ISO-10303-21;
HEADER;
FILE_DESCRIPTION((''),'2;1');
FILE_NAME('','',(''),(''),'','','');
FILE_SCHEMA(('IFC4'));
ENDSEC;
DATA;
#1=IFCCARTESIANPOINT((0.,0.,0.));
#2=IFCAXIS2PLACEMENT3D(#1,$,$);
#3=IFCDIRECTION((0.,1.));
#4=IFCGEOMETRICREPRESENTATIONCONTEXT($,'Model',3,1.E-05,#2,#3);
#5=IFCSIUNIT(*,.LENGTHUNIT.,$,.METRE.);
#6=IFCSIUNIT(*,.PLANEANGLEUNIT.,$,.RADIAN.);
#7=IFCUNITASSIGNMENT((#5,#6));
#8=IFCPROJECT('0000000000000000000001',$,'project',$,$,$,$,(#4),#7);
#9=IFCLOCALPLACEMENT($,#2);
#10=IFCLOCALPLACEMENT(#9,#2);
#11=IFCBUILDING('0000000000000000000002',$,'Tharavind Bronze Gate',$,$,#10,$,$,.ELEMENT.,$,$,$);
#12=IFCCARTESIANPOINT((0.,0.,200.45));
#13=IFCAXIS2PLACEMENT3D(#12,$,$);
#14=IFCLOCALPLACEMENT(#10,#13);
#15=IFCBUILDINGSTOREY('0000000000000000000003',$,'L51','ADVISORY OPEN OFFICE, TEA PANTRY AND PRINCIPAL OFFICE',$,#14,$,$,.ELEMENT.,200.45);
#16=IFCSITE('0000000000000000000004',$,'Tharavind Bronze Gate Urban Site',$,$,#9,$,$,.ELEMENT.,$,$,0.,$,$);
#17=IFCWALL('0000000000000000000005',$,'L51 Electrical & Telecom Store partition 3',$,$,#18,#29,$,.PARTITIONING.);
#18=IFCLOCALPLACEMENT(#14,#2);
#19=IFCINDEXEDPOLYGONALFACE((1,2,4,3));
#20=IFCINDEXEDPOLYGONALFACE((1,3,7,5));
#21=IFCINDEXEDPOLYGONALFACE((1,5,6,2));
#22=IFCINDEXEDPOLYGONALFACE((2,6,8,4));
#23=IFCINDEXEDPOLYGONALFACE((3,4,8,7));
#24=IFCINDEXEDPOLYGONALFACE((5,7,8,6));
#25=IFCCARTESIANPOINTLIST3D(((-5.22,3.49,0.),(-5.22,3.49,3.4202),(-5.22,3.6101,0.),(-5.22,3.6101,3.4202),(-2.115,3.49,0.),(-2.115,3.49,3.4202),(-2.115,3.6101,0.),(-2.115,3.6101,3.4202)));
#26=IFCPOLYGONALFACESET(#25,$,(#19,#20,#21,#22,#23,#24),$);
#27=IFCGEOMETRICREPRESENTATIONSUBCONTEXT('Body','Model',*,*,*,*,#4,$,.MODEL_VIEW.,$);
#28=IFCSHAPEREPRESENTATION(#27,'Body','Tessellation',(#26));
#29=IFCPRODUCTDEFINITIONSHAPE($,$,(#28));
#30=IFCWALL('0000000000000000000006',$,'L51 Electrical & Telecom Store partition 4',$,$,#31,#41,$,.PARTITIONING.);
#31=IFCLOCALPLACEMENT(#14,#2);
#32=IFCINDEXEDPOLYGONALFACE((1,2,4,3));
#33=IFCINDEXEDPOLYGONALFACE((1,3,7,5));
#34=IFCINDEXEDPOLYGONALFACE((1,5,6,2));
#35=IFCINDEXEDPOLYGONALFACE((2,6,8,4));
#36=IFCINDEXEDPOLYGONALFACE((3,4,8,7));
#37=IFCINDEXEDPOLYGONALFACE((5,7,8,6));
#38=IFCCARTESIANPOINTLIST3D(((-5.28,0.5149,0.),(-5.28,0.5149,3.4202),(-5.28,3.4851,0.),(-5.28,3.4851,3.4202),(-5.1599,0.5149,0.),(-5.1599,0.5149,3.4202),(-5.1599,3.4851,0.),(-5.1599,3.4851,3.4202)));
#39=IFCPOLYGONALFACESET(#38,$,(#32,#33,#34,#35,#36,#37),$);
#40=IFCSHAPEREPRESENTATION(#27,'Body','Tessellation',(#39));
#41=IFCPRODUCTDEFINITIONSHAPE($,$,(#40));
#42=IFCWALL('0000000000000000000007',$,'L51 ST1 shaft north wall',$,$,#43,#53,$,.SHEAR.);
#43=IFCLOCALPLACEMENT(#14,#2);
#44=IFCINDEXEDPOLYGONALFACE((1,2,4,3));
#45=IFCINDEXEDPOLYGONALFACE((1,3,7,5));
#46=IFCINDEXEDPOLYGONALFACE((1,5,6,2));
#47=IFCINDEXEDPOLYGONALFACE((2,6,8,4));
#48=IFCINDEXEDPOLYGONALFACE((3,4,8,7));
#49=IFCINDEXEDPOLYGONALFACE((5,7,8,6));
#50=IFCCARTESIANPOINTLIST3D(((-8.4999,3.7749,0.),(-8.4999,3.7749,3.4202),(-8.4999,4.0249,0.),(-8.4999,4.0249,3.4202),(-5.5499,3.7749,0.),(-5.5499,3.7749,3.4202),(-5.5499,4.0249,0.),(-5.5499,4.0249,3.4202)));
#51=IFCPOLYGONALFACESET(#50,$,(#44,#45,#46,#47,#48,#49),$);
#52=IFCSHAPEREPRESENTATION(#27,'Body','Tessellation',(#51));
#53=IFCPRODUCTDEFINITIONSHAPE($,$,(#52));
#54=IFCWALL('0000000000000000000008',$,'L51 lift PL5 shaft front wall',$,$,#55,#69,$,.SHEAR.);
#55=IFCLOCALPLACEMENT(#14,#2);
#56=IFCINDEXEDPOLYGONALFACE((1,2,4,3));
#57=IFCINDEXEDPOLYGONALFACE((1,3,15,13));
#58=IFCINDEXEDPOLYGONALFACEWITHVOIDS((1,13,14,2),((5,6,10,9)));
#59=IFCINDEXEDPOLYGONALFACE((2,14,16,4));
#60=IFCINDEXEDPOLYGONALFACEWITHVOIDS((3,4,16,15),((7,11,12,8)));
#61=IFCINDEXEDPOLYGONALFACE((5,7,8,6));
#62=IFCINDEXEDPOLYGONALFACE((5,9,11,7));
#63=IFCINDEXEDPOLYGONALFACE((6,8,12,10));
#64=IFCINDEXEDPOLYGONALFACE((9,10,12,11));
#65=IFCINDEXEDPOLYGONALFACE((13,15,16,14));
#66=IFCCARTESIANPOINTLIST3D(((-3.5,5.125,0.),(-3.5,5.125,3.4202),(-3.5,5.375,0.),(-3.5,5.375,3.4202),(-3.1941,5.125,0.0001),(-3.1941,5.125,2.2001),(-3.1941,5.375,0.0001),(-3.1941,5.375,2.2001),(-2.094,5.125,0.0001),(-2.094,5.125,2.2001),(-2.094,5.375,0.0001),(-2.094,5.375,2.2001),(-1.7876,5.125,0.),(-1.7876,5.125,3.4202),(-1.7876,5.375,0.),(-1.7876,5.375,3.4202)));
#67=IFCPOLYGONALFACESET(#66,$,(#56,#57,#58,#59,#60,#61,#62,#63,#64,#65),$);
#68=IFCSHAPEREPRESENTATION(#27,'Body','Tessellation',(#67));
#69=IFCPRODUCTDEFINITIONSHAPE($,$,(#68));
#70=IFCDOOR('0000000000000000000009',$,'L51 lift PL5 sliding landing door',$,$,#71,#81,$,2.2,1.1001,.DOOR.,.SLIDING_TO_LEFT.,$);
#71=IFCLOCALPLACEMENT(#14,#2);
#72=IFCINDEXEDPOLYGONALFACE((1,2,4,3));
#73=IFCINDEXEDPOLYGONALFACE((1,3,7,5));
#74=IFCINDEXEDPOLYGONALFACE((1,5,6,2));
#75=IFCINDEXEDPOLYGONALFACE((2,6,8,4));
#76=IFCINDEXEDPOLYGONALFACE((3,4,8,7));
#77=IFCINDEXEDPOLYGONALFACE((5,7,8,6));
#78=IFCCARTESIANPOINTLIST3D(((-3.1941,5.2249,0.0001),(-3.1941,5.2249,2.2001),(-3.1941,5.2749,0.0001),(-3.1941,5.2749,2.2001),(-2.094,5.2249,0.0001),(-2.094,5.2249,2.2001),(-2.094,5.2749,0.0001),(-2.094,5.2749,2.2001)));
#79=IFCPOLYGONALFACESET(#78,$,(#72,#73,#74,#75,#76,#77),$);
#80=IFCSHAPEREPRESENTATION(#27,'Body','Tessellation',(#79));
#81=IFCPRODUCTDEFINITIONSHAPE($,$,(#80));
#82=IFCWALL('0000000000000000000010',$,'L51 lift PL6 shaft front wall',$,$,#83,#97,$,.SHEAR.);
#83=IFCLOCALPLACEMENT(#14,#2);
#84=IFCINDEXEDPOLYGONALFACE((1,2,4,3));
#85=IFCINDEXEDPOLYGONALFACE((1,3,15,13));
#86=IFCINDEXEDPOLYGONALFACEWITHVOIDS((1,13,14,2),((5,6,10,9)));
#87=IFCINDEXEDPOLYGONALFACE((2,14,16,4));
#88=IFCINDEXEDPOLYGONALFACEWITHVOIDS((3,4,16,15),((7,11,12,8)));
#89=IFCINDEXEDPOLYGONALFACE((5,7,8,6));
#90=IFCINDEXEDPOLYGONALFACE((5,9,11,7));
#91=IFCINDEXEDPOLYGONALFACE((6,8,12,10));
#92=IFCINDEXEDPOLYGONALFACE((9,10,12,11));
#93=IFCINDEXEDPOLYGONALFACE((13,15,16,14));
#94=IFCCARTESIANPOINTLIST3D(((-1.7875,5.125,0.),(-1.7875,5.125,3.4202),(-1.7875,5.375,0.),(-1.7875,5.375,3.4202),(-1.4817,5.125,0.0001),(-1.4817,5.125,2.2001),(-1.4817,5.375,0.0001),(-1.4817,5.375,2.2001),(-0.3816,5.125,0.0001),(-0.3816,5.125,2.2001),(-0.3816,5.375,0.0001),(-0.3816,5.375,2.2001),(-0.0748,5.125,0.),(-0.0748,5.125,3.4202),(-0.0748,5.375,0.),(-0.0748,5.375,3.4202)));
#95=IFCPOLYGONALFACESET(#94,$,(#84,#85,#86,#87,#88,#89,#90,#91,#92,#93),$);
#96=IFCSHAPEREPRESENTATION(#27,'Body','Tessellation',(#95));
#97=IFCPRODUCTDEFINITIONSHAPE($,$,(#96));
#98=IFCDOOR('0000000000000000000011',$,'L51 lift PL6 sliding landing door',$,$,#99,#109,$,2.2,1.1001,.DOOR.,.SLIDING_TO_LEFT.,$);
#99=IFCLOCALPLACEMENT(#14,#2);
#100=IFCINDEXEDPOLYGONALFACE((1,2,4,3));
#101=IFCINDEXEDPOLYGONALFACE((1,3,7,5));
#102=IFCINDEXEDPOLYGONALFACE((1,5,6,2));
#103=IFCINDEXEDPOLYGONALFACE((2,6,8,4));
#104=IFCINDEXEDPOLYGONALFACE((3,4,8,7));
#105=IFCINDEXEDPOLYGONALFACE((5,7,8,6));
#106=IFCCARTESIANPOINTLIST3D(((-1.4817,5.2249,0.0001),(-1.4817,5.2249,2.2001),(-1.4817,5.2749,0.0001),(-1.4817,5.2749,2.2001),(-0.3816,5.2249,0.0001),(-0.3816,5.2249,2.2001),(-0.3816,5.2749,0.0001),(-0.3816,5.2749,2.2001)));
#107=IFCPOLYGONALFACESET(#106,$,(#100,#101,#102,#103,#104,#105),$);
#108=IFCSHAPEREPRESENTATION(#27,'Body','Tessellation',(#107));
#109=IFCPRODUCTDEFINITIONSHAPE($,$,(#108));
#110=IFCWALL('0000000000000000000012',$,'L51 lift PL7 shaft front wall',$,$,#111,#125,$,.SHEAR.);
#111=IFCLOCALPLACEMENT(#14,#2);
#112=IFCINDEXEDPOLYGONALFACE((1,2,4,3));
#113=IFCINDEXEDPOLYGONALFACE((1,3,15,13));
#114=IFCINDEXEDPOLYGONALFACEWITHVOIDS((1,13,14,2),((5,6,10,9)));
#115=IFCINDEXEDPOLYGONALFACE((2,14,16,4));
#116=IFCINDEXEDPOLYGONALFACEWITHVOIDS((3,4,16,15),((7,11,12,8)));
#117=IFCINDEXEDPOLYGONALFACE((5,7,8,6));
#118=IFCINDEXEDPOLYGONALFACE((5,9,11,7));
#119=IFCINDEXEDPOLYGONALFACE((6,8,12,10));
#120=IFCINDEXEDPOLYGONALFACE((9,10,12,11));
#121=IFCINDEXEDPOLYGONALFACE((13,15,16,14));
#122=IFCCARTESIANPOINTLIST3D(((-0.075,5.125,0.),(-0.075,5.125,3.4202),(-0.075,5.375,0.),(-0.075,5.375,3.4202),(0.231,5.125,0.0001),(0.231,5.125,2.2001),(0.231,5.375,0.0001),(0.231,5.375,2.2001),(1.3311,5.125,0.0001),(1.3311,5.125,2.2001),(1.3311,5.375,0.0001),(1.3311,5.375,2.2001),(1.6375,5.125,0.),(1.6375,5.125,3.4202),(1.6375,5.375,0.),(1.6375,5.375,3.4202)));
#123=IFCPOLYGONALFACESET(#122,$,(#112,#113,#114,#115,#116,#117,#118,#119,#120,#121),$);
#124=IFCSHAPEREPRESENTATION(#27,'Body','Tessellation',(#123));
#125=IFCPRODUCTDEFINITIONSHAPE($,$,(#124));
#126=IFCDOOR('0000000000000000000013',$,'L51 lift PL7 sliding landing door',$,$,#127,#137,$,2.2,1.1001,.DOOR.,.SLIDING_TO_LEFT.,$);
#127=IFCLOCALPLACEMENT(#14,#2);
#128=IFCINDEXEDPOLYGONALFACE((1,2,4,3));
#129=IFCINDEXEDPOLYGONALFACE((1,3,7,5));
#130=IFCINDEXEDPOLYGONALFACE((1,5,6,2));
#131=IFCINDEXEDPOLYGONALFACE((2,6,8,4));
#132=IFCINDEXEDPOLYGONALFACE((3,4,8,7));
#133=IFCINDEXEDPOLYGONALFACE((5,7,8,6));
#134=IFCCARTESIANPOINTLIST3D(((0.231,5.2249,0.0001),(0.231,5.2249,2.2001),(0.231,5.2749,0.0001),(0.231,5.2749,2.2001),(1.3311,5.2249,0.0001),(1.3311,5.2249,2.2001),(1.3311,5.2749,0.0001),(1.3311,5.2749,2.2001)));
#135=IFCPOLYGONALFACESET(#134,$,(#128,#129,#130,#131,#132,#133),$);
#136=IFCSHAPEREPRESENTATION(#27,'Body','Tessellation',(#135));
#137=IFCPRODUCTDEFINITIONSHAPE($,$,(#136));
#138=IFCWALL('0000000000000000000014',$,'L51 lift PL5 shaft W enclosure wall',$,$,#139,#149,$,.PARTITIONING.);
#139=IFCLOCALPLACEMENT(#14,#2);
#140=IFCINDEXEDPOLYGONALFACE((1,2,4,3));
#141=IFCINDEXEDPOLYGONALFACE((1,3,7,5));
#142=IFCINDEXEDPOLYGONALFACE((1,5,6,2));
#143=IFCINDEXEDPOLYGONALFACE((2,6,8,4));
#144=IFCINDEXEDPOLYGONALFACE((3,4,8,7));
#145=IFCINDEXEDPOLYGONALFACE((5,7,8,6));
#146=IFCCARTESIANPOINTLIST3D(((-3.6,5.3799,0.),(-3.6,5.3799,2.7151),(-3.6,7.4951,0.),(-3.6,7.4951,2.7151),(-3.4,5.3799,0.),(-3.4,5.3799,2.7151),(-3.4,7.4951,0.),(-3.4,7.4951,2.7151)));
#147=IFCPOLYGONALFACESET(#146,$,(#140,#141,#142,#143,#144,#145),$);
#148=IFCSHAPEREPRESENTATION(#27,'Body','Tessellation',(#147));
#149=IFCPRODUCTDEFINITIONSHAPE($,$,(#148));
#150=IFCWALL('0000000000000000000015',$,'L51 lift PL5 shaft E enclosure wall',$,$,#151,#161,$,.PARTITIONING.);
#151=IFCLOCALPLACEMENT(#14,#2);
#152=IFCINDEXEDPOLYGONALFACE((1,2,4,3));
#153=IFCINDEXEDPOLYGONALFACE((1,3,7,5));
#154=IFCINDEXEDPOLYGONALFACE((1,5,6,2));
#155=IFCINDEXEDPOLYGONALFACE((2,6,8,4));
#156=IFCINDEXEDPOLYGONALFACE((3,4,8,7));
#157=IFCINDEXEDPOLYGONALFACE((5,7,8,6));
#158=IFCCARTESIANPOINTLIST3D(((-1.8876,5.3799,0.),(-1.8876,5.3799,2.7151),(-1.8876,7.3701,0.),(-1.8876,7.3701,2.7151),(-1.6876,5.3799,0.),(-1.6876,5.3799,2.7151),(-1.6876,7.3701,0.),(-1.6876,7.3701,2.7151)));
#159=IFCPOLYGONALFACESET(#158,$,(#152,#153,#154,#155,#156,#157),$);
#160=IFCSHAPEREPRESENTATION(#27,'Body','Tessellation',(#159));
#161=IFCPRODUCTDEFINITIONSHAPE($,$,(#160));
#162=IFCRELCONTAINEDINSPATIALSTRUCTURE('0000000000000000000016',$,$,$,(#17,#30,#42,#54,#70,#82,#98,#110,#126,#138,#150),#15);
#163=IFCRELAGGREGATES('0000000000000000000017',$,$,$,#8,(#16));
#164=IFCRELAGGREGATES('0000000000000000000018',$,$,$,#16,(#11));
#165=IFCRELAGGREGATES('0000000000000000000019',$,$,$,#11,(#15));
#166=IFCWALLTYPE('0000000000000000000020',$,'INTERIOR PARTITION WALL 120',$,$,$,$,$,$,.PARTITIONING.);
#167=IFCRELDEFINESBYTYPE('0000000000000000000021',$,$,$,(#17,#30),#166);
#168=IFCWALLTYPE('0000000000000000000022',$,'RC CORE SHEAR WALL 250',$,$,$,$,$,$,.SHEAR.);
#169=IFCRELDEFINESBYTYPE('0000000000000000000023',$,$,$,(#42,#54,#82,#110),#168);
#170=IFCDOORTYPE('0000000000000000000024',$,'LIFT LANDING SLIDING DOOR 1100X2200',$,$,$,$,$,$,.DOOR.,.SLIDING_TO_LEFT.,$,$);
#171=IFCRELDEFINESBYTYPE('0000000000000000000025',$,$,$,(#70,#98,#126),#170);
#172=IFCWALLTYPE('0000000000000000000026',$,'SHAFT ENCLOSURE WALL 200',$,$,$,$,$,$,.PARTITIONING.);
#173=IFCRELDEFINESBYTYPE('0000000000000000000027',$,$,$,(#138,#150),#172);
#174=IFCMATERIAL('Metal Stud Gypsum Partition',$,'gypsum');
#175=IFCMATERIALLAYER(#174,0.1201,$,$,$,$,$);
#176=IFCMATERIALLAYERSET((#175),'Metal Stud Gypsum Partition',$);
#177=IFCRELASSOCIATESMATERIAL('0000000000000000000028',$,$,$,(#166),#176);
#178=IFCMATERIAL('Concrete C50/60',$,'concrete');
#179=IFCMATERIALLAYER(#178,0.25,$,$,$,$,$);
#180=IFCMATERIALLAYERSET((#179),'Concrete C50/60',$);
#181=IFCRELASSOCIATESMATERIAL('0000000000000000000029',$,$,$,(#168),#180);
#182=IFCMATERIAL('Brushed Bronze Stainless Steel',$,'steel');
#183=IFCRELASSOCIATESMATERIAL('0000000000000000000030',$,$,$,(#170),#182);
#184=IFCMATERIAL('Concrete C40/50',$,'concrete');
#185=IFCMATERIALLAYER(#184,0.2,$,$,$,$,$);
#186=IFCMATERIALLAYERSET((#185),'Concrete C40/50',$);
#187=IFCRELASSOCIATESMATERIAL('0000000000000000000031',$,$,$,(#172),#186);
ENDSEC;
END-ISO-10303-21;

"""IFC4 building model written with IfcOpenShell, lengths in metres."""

from ifc_helpers import new_model, si_unit, direction, frame, frame_2d, origin, place, context, subcontext, project, spatial, rectangle, extrude, material, layer, layer_set, type_object, element, fill, save


model = new_model("IFC4")

# Units and contexts
model_context = context("Model", 3, precision=1e-05, world=origin(), true_north=direction((0.0, 1.0)))
body_context = subcontext(model_context, "Body", "Model", "MODEL_VIEW")
ifc_project = project(units=[si_unit("LENGTHUNIT", "METRE"), si_unit("PLANEANGLEUNIT", "RADIAN")], contexts=[model_context])

# Site, building, storey
site_placement = place(None, origin())
site = spatial("IfcSite", under=ifc_project, at=site_placement, Name="Tharavind Bronze Gate Urban Site", CompositionType="ELEMENT", RefElevation=0.0)
building_placement = place(site_placement, origin())
building = spatial("IfcBuilding", under=site, at=building_placement, Name="Tharavind Bronze Gate", CompositionType="ELEMENT")
storey_placement = place(building_placement, frame((0.0, 0.0, 200.45)))
storey = spatial("IfcBuildingStorey", under=building, at=storey_placement, Name="L51", Description="ADVISORY OPEN OFFICE, TEA PANTRY AND PRINCIPAL OFFICE", CompositionType="ELEMENT", Elevation=200.45)

# Shared definitions
ifc_material_1 = material(Name="Concrete C40/50", Category="concrete")

# Shared definitions
ifc_material_2 = material(Name="Metal Stud Gypsum Partition", Category="gypsum")
ifc_layer_1 = layer(ifc_material_2, 0.1201)
ifc_layer_set_1 = layer_set([ifc_layer_1], Name="Metal Stud Gypsum Partition")
wall_type_1 = type_object("IfcWallType", Name="INTERIOR PARTITION WALL 120", PredefinedType="PARTITIONING", material=ifc_layer_set_1)

# Walls
wall_1_placement = place(storey_placement, frame((-2.115, 3.55, 0.0), z_axis=(0.0, 0.0, 1.0), x_axis=(-1.0, 0.0, 0.0)))
element("IfcWall", 1, at=wall_1_placement, inside=storey, type_object=wall_type_1, Name="L51 Electrical & Telecom Store partition 3", PredefinedType="PARTITIONING", context=body_context, shape_type="SweptSolid", body=[
    extrude(rectangle(XDim=3.105, YDim=0.1201, at=frame_2d((1.5525, 0.0))), origin(), (0.0, 0.0, 1.0), 3.4202),
])
wall_2_placement = place(storey_placement, frame((-5.22, 3.4851, 0.0), z_axis=(0.0, 0.0, 1.0), x_axis=(0.0, -1.0, 0.0)))
element("IfcWall", 2, at=wall_2_placement, inside=storey, type_object=wall_type_1, Name="L51 Electrical & Telecom Store partition 4", PredefinedType="PARTITIONING", context=body_context, shape_type="SweptSolid", body=[
    extrude(rectangle(XDim=2.9702, YDim=0.1201, at=frame_2d((1.4851, 0.0))), origin(), (0.0, 0.0, 1.0), 3.4202),
])
ifc_material_3 = material(Name="Concrete C50/60", Category="concrete")
ifc_layer_2 = layer(ifc_material_3, 0.25)
ifc_layer_set_2 = layer_set([ifc_layer_2], Name="Concrete C50/60")
wall_type_2 = type_object("IfcWallType", Name="RC CORE SHEAR WALL 250", PredefinedType="SHEAR", material=ifc_layer_set_2)
wall_3_placement = place(storey_placement, frame((-8.5, 3.8999, 0.0), z_axis=(0.0, 0.0, 1.0), x_axis=(1.0, 0.0, 0.0)))
element("IfcWall", 3, at=wall_3_placement, inside=storey, type_object=wall_type_2, Name="L51 ST1 shaft north wall", PredefinedType="SHEAR", context=body_context, shape_type="SweptSolid", body=[
    extrude(rectangle(XDim=2.95, YDim=0.25, at=frame_2d((1.4751, 0.0))), origin(), (0.0, 0.0, 1.0), 3.4202),
])

# Walls, openings, doors
wall_4_placement = place(storey_placement, frame((-3.5, 5.25, 0.0), z_axis=(0.0, 0.0, 1.0), x_axis=(1.0, 0.0, 0.0)))
wall_4 = element("IfcWall", 4, at=wall_4_placement, inside=storey, type_object=wall_type_2, Name="L51 lift PL5 shaft front wall", PredefinedType="SHEAR", context=body_context, shape_type="SweptSolid", body=[
    extrude(rectangle(XDim=1.7124, YDim=0.25, at=frame_2d((0.8562, 0.0))), origin(), (0.0, 0.0, 1.0), 3.4202),
])
opening_1_placement = place(wall_4_placement, frame((0.3059, 0.0, 0.0)))
opening_1 = element("IfcOpeningElement", 5, at=opening_1_placement, cuts=wall_4, PredefinedType="OPENING", context=body_context, shape_type="SweptSolid", body=[
    extrude(rectangle(XDim=1.1001, YDim=2.2, at=frame_2d((0.55, 1.1001))), frame((0.0, 0.135, 0.0), z_axis=(0.0, -1.0, 0.0), x_axis=(1.0, 0.0, 0.0)), (0.0, 0.0, 1.0), 0.27),
])
ifc_material_4 = material(Name="Brushed Bronze Stainless Steel", Category="steel")
door_type_1 = type_object("IfcDoorType", Name="LIFT LANDING SLIDING DOOR 1100X2200", OperationType="SLIDING_TO_LEFT", PredefinedType="DOOR", material=ifc_material_4)
door_1_placement = place(opening_1_placement, origin())
door_1 = element("IfcDoor", 6, at=door_1_placement, inside=storey, type_object=door_type_1, Name="L51 lift PL5 sliding landing door", OperationType="SLIDING_TO_LEFT", OverallHeight=2.2, OverallWidth=1.1001, PredefinedType="DOOR", context=body_context, shape_type="SweptSolid", body=[
    extrude(rectangle(XDim=1.1001, YDim=2.2, at=frame_2d((0.55, 1.1001))), frame((0.0, 0.0249, 0.0), z_axis=(0.0, -1.0, 0.0), x_axis=(1.0, 0.0, 0.0)), (0.0, 0.0, 1.0), 0.05),
])
fill(opening_1, door_1)
wall_5_placement = place(storey_placement, frame((-1.7876, 5.25, 0.0), z_axis=(0.0, 0.0, 1.0), x_axis=(1.0, 0.0, 0.0)))
wall_5 = element("IfcWall", 7, at=wall_5_placement, inside=storey, type_object=wall_type_2, Name="L51 lift PL6 shaft front wall", PredefinedType="SHEAR", context=body_context, shape_type="SweptSolid", body=[
    extrude(rectangle(XDim=1.7126, YDim=0.25, at=frame_2d((0.8564, 0.0))), origin(), (0.0, 0.0, 1.0), 3.4202),
])
opening_2_placement = place(wall_5_placement, frame((0.3059, 0.0, 0.0)))
opening_2 = element("IfcOpeningElement", 8, at=opening_2_placement, cuts=wall_5, PredefinedType="OPENING", context=body_context, shape_type="SweptSolid", body=[
    extrude(rectangle(XDim=1.1001, YDim=2.2, at=frame_2d((0.55, 1.1001))), frame((0.0, 0.135, 0.0), z_axis=(0.0, -1.0, 0.0), x_axis=(1.0, 0.0, 0.0)), (0.0, 0.0, 1.0), 0.27),
])
door_2_placement = place(opening_2_placement, origin())
door_2 = element("IfcDoor", 9, at=door_2_placement, inside=storey, type_object=door_type_1, Name="L51 lift PL6 sliding landing door", OperationType="SLIDING_TO_LEFT", OverallHeight=2.2, OverallWidth=1.1001, PredefinedType="DOOR", context=body_context, shape_type="SweptSolid", body=[
    extrude(rectangle(XDim=1.1001, YDim=2.2, at=frame_2d((0.55, 1.1001))), frame((0.0, 0.0249, 0.0), z_axis=(0.0, -1.0, 0.0), x_axis=(1.0, 0.0, 0.0)), (0.0, 0.0, 1.0), 0.05),
])
fill(opening_2, door_2)
wall_6_placement = place(storey_placement, frame((-0.075, 5.25, 0.0), z_axis=(0.0, 0.0, 1.0), x_axis=(1.0, 0.0, 0.0)))
wall_6 = element("IfcWall", 10, at=wall_6_placement, inside=storey, type_object=wall_type_2, Name="L51 lift PL7 shaft front wall", PredefinedType="SHEAR", context=body_context, shape_type="SweptSolid", body=[
    extrude(rectangle(XDim=1.7124, YDim=0.25, at=frame_2d((0.8562, 0.0))), origin(), (0.0, 0.0, 1.0), 3.4202),
])
opening_3_placement = place(wall_6_placement, frame((0.3059, 0.0, 0.0)))
opening_3 = element("IfcOpeningElement", 11, at=opening_3_placement, cuts=wall_6, PredefinedType="OPENING", context=body_context, shape_type="SweptSolid", body=[
    extrude(rectangle(XDim=1.1001, YDim=2.2, at=frame_2d((0.55, 1.1001))), frame((0.0, 0.135, 0.0), z_axis=(0.0, -1.0, 0.0), x_axis=(1.0, 0.0, 0.0)), (0.0, 0.0, 1.0), 0.27),
])
door_3_placement = place(opening_3_placement, origin())
door_3 = element("IfcDoor", 12, at=door_3_placement, inside=storey, type_object=door_type_1, Name="L51 lift PL7 sliding landing door", OperationType="SLIDING_TO_LEFT", OverallHeight=2.2, OverallWidth=1.1001, PredefinedType="DOOR", context=body_context, shape_type="SweptSolid", body=[
    extrude(rectangle(XDim=1.1001, YDim=2.2, at=frame_2d((0.55, 1.1001))), frame((0.0, 0.0249, 0.0), z_axis=(0.0, -1.0, 0.0), x_axis=(1.0, 0.0, 0.0)), (0.0, 0.0, 1.0), 0.05),
])
fill(opening_3, door_3)

# Walls
ifc_layer_3 = layer(ifc_material_1, 0.2)
ifc_layer_set_3 = layer_set([ifc_layer_3], Name="Concrete C40/50")
wall_type_3 = type_object("IfcWallType", Name="SHAFT ENCLOSURE WALL 200", PredefinedType="PARTITIONING", material=ifc_layer_set_3)
wall_7_placement = place(storey_placement, frame((-3.5, 5.3799, 0.0), z_axis=(0.0, 0.0, 1.0), x_axis=(0.0, 1.0, 0.0)))
element("IfcWall", 13, at=wall_7_placement, inside=storey, type_object=wall_type_3, Name="L51 lift PL5 shaft W enclosure wall", PredefinedType="PARTITIONING", context=body_context, shape_type="SweptSolid", body=[
    extrude(rectangle(XDim=2.1152, YDim=0.2, at=frame_2d((1.0576, 0.0))), origin(), (0.0, 0.0, 1.0), 2.7151),
])
wall_8_placement = place(storey_placement, frame((-1.7876, 5.3799, 0.0), z_axis=(0.0, 0.0, 1.0), x_axis=(0.0, 1.0, 0.0)))
element("IfcWall", 14, at=wall_8_placement, inside=storey, type_object=wall_type_3, Name="L51 lift PL5 shaft E enclosure wall", PredefinedType="PARTITIONING", context=body_context, shape_type="SweptSolid", body=[
    extrude(rectangle(XDim=1.9902, YDim=0.2, at=frame_2d((0.9951, 0.0))), origin(), (0.0, 0.0, 1.0), 2.7151),
])

save(model, "model.ifc")
